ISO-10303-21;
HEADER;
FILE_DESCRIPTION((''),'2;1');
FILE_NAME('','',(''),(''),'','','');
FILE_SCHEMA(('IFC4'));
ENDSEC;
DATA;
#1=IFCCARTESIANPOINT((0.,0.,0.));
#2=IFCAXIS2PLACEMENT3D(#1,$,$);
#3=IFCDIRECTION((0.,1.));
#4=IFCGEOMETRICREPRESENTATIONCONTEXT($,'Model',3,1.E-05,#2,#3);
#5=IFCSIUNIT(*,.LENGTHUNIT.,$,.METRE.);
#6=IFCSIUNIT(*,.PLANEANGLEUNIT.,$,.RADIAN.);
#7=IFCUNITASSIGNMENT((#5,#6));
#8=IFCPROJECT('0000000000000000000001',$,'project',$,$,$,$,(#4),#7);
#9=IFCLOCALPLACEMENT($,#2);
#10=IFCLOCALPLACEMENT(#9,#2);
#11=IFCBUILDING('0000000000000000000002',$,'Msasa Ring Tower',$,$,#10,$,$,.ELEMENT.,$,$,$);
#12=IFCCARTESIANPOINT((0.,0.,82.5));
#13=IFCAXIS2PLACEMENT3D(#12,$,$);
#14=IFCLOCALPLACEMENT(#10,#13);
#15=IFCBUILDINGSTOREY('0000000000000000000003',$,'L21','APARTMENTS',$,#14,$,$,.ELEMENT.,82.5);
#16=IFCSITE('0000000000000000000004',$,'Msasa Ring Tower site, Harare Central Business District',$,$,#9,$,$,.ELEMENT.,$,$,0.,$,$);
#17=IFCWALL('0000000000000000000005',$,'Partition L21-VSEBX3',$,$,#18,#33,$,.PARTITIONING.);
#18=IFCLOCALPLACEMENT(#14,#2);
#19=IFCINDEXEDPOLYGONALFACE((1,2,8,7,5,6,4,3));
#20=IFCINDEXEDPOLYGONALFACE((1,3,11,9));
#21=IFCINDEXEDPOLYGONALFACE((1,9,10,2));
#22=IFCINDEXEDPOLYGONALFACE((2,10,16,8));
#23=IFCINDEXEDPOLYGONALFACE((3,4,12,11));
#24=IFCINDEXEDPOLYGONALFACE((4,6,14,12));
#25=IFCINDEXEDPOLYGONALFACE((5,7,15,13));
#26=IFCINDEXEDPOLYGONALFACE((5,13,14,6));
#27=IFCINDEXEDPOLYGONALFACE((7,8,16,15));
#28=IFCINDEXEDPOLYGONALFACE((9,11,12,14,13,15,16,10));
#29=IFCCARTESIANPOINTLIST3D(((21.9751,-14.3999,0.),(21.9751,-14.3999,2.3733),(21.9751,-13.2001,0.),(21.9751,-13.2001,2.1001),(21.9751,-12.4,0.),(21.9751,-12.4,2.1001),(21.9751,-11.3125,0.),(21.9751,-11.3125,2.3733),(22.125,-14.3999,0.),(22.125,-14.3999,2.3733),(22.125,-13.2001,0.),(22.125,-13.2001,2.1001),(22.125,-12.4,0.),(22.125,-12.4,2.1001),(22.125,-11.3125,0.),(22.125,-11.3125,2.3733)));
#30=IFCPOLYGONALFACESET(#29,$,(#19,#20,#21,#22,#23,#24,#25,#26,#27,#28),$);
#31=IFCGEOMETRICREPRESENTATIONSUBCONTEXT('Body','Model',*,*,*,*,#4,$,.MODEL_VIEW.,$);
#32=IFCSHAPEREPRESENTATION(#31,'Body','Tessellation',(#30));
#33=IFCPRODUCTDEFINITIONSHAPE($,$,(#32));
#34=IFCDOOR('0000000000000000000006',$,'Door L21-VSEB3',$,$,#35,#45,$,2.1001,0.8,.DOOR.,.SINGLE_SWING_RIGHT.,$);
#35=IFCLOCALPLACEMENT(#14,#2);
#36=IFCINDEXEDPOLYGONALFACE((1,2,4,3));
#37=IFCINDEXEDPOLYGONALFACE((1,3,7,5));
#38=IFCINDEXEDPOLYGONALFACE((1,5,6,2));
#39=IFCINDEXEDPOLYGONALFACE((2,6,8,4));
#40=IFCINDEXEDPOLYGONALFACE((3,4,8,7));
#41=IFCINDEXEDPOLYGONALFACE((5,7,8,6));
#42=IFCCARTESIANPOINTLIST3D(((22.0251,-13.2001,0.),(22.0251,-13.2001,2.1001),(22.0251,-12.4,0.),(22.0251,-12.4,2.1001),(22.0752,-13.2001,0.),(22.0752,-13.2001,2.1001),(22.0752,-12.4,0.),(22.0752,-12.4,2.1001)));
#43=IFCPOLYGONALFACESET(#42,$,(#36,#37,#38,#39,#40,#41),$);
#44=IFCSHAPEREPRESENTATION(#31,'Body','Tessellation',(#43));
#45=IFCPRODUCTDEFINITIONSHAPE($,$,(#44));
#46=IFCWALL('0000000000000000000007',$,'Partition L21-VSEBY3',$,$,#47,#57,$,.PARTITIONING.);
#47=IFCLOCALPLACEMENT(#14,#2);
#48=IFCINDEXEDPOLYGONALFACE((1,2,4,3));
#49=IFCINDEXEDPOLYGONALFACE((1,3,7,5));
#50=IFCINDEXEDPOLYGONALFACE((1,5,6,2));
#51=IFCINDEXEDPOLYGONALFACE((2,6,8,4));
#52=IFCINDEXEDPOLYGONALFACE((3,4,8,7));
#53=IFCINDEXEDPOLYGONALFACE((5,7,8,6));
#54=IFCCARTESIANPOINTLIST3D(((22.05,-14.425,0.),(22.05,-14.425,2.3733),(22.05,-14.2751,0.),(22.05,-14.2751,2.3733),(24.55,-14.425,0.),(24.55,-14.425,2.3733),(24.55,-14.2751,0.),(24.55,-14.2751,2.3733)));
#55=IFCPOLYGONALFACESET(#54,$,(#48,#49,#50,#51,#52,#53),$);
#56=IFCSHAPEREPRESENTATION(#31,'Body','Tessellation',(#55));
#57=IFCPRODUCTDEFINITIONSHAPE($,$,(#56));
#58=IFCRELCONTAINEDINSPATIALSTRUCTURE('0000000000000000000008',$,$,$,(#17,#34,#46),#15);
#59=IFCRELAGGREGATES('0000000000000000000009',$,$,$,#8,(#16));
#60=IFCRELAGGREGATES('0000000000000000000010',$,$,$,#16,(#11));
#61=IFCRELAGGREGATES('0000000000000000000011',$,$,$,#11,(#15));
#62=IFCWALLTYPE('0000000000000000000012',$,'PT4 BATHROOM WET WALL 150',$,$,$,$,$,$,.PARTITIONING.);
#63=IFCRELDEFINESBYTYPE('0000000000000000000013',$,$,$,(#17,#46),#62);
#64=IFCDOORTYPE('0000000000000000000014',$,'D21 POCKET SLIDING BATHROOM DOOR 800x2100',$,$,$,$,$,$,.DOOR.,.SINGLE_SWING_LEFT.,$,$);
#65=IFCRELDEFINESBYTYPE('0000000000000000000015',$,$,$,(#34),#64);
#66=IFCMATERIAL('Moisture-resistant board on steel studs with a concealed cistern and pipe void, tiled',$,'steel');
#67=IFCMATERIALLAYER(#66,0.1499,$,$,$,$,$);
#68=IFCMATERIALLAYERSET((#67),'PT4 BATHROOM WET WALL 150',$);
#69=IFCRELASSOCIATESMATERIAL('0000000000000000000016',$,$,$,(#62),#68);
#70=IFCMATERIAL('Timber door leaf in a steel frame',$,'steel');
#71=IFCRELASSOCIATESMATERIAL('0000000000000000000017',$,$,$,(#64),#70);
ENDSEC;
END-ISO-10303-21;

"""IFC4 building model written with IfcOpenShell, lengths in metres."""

from ifc_helpers import new_model, si_unit, direction, frame, frame_2d, origin, place, context, subcontext, project, spatial, rectangle, extrude, material, layer, layer_set, type_object, element, fill, save


model = new_model("IFC4")

# Units and contexts
model_context = context("Model", 3, precision=1e-05, world=origin(), true_north=direction((0.0, 1.0)))
body_context = subcontext(model_context, "Body", "Model", "MODEL_VIEW")
ifc_project = project(units=[si_unit("LENGTHUNIT", "METRE"), si_unit("PLANEANGLEUNIT", "RADIAN")], contexts=[model_context])

# Site, building, storey
site_placement = place(None, origin())
site = spatial("IfcSite", under=ifc_project, at=site_placement, Name="Msasa Ring Tower site, Harare Central Business District", CompositionType="ELEMENT", RefElevation=0.0)
building_placement = place(site_placement, origin())
building = spatial("IfcBuilding", under=site, at=building_placement, Name="Msasa Ring Tower", CompositionType="ELEMENT")
storey_placement = place(building_placement, frame((0.0, 0.0, 82.5)))
storey = spatial("IfcBuildingStorey", under=building, at=storey_placement, Name="L21", Description="APARTMENTS", CompositionType="ELEMENT", Elevation=82.5)

# Shared definitions
ifc_material_1 = material(Name="Moisture-resistant board on steel studs with a concealed cistern and pipe void, tiled", Category="steel")
ifc_layer_1 = layer(ifc_material_1, 0.1499)
ifc_layer_set_1 = layer_set([ifc_layer_1], Name="PT4 BATHROOM WET WALL 150")
wall_type_1 = type_object("IfcWallType", Name="PT4 BATHROOM WET WALL 150", PredefinedType="PARTITIONING", material=ifc_layer_set_1)
ifc_material_2 = material(Name="Timber door leaf in a steel frame", Category="steel")
door_type_1 = type_object("IfcDoorType", Name="D21 POCKET SLIDING BATHROOM DOOR 800x2100", OperationType="SINGLE_SWING_LEFT", PredefinedType="DOOR", material=ifc_material_2)

# Wall, opening, door
wall_1_placement = place(storey_placement, frame((22.05, -14.3999, 0.0), z_axis=(0.0, 0.0, 1.0), x_axis=(0.0, 1.0, 0.0)))
wall_1 = element("IfcWall", 1, at=wall_1_placement, inside=storey, type_object=wall_type_1, Name="Partition L21-VSEBX3", PredefinedType="PARTITIONING", context=body_context, shape_type="SweptSolid", body=[
    extrude(rectangle(XDim=3.0874, YDim=0.1499, at=frame_2d((1.5437, 0.0))), origin(), (0.0, 0.0, 1.0), 2.3733),
])
opening_1_placement = place(wall_1_placement, frame((1.2, 0.0, 0.0)))
opening_1 = element("IfcOpeningElement", 2, at=opening_1_placement, cuts=wall_1, PredefinedType="OPENING", context=body_context, shape_type="SweptSolid", body=[
    extrude(rectangle(XDim=0.8, YDim=2.1001, at=frame_2d((0.3999, 1.05))), frame((0.0, 0.085, 0.0), z_axis=(0.0, -1.0, 0.0), x_axis=(1.0, 0.0, 0.0)), (0.0, 0.0, 1.0), 0.1699),
])
door_1_placement = place(opening_1_placement, origin())
door_1 = element("IfcDoor", 3, at=door_1_placement, inside=storey, type_object=door_type_1, Name="Door L21-VSEB3", OperationType="SINGLE_SWING_RIGHT", OverallHeight=2.1001, OverallWidth=0.8, PredefinedType="DOOR", context=body_context, shape_type="SweptSolid", body=[
    extrude(rectangle(XDim=0.8, YDim=2.1001, at=frame_2d((0.3999, 1.05))), frame((0.0, 0.0249, 0.0), z_axis=(0.0, -1.0, 0.0), x_axis=(1.0, 0.0, 0.0)), (0.0, 0.0, 1.0), 0.05),
])
fill(opening_1, door_1)

# Wall
wall_2_placement = place(storey_placement, frame((22.05, -14.3501, 0.0), z_axis=(0.0, 0.0, 1.0), x_axis=(1.0, 0.0, 0.0)))
element("IfcWall", 4, at=wall_2_placement, inside=storey, type_object=wall_type_1, Name="Partition L21-VSEBY3", PredefinedType="PARTITIONING", context=body_context, shape_type="SweptSolid", body=[
    extrude(rectangle(XDim=2.5, YDim=0.1499, at=frame_2d((1.25, 0.0))), origin(), (0.0, 0.0, 1.0), 2.3733),
])

save(model, "model.ifc")
